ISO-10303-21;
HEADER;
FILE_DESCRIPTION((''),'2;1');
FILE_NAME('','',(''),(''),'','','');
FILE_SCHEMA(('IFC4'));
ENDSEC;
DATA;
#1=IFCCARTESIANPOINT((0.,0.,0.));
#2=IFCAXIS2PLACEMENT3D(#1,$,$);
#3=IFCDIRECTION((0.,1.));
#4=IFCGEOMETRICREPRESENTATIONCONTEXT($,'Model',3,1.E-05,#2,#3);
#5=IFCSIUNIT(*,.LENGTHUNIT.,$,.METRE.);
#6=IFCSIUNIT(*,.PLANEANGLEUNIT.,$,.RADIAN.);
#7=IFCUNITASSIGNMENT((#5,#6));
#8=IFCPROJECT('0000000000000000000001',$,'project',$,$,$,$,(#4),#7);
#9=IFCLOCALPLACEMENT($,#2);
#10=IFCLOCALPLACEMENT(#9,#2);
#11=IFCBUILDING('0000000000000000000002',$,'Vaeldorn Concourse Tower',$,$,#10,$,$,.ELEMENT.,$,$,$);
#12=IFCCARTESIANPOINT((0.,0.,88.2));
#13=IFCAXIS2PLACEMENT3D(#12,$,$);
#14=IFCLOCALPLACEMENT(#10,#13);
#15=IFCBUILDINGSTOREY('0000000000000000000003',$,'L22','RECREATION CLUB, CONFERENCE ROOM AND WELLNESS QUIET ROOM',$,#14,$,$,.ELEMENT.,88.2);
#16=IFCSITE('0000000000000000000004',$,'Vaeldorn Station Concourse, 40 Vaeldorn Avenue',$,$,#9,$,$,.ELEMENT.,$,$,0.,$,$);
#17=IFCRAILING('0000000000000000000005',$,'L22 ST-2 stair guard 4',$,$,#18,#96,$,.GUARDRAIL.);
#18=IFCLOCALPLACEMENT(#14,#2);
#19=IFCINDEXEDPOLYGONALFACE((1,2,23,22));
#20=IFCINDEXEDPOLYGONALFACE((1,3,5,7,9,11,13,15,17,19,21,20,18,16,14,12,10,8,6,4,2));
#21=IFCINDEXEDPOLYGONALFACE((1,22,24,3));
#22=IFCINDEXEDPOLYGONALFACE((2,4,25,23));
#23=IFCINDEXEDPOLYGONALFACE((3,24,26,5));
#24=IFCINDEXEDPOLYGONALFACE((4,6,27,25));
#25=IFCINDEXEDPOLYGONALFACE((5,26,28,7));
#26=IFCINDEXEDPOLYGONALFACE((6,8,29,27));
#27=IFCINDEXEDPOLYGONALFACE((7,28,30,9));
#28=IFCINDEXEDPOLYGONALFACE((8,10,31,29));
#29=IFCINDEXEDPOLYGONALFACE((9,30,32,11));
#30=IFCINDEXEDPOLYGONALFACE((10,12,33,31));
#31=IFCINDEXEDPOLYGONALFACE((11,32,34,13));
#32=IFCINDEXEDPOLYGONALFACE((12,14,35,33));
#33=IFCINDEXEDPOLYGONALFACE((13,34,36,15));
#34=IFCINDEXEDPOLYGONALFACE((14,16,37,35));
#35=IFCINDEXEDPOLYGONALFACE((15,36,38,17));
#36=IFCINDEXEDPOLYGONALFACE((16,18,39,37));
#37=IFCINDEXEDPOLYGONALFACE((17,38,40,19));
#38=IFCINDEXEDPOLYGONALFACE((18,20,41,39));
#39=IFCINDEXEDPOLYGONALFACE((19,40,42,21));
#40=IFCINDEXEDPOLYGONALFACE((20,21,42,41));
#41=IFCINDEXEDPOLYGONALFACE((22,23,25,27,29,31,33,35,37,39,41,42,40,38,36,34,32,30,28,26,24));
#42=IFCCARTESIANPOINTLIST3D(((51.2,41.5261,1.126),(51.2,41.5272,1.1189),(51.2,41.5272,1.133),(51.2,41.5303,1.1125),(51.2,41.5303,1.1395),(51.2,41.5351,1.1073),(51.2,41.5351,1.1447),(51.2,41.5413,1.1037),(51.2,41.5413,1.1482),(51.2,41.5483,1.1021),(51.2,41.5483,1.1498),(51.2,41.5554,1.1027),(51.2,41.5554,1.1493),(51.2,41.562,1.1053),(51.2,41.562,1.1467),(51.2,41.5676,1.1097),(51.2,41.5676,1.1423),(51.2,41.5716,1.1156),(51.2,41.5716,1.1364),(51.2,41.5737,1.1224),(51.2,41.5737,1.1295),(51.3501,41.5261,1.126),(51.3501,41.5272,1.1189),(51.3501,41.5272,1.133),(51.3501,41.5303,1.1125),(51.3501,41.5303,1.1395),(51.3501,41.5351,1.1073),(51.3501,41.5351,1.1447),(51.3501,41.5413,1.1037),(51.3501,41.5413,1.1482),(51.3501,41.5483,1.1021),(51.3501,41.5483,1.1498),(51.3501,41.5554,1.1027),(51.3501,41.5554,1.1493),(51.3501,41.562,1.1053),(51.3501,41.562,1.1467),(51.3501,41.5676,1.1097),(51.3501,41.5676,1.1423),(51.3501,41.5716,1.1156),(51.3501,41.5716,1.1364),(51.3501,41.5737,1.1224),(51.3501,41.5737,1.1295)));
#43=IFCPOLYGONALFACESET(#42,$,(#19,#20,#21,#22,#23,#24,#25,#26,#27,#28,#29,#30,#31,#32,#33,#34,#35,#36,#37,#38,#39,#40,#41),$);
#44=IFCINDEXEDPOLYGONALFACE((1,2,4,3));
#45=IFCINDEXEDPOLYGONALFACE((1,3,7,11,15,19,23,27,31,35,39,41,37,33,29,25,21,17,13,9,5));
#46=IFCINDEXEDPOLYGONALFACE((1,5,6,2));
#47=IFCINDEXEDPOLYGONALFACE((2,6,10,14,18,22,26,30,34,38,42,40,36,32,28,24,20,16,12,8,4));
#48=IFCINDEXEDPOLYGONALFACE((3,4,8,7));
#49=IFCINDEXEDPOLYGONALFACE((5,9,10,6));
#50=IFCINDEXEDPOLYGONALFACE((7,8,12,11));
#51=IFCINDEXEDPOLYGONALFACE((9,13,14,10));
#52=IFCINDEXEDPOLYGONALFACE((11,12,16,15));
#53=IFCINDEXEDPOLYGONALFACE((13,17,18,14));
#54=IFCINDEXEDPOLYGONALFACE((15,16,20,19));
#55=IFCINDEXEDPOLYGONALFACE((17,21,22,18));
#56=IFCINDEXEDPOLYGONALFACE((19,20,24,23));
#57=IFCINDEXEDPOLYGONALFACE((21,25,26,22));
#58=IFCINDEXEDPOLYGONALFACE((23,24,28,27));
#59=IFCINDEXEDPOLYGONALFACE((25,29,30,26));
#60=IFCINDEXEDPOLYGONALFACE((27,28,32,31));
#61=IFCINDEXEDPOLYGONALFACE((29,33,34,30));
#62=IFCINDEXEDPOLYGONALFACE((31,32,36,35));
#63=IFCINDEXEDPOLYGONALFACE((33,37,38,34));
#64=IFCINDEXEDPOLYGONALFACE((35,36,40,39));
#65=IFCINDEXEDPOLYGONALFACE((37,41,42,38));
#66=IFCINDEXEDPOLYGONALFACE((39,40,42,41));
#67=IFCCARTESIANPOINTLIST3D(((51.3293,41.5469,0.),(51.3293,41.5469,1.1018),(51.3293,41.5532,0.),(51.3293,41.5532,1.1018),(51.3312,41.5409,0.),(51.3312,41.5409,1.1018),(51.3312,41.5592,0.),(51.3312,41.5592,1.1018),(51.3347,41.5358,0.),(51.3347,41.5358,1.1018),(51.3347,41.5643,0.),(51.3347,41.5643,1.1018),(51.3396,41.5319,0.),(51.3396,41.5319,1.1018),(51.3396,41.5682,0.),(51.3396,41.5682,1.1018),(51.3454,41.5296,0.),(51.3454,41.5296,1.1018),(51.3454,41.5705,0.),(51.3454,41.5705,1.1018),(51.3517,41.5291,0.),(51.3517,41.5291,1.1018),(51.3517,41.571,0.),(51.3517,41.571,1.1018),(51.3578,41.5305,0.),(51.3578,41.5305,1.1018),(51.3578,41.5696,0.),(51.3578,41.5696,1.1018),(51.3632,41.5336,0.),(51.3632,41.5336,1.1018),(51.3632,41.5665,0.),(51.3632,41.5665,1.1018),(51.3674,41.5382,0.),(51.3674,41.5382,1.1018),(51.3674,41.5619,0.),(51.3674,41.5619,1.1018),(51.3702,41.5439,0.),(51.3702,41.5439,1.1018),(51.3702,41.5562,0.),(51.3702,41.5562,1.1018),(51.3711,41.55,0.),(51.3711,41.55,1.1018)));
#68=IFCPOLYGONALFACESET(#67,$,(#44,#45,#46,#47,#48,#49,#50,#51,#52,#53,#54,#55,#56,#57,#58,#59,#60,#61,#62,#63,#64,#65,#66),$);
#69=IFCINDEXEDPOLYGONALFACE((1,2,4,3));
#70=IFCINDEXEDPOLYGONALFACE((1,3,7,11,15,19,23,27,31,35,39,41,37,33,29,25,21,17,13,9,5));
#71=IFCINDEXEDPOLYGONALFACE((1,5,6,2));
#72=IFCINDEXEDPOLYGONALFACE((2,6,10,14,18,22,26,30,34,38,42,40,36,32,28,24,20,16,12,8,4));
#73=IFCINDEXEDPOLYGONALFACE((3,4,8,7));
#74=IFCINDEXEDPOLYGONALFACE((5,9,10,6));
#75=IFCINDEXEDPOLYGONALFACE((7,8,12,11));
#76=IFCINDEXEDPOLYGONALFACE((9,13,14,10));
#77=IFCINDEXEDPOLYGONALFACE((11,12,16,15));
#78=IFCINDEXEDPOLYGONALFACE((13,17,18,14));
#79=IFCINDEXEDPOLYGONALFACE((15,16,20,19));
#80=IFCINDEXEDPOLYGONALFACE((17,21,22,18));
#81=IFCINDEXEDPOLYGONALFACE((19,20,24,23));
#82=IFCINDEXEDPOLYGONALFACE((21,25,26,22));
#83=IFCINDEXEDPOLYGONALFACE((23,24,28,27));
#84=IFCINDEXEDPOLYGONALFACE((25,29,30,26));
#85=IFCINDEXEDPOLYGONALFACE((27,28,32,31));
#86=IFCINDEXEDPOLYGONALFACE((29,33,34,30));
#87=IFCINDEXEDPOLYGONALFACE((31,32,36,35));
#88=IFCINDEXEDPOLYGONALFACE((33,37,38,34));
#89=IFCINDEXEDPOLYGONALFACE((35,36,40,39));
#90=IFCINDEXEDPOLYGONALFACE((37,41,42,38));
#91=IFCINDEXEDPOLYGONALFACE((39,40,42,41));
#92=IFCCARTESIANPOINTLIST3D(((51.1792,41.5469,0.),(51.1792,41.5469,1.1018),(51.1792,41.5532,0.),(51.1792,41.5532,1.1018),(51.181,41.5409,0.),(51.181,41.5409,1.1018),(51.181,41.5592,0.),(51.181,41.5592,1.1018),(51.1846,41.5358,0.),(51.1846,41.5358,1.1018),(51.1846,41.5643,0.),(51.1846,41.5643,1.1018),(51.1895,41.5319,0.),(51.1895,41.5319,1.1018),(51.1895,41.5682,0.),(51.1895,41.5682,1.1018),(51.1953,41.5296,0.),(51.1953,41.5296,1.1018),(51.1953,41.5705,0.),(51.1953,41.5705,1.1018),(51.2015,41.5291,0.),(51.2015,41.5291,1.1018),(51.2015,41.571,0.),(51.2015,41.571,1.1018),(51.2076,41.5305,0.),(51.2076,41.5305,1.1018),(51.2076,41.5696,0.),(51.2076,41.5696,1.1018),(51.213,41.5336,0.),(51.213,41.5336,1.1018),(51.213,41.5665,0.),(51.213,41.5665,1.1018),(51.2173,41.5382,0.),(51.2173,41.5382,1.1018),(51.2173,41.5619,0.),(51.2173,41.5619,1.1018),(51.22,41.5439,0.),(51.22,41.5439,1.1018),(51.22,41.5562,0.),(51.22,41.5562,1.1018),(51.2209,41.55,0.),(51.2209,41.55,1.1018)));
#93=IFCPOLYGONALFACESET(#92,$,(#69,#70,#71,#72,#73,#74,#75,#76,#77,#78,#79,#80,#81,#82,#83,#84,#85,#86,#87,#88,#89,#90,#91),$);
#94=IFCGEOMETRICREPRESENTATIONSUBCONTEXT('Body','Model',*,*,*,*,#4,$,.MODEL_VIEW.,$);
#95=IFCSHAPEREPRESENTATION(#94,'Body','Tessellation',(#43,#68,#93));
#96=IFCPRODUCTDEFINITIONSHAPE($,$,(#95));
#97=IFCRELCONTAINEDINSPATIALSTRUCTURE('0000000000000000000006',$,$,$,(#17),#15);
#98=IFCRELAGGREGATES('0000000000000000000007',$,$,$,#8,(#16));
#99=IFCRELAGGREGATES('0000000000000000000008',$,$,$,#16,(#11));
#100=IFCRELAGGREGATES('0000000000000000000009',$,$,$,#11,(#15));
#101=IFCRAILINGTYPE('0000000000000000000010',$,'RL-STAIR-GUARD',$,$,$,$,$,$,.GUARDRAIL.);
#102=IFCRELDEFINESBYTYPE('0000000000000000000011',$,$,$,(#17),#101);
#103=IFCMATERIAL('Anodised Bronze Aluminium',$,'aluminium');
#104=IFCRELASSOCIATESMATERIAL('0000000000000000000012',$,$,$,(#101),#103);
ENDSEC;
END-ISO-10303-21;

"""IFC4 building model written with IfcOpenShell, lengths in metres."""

from ifc_helpers import new_model, si_unit, direction, frame, origin, origin_2d, place, context, subcontext, project, spatial, circle, extrude, material, type_object, element, save


model = new_model("IFC4")

# Units and contexts
model_context = context("Model", 3, precision=1e-05, world=origin(), true_north=direction((0.0, 1.0)))
body_context = subcontext(model_context, "Body", "Model", "MODEL_VIEW")
ifc_project = project(units=[si_unit("LENGTHUNIT", "METRE"), si_unit("PLANEANGLEUNIT", "RADIAN")], contexts=[model_context])

# Site, building, storey
site_placement = place(None, origin())
site = spatial("IfcSite", under=ifc_project, at=site_placement, Name="Vaeldorn Station Concourse, 40 Vaeldorn Avenue", CompositionType="ELEMENT", RefElevation=0.0)
building_placement = place(site_placement, origin())
building = spatial("IfcBuilding", under=site, at=building_placement, Name="Vaeldorn Concourse Tower", CompositionType="ELEMENT")
storey_placement = place(building_placement, frame((0.0, 0.0, 88.2)))
storey = spatial("IfcBuildingStorey", under=building, at=storey_placement, Name="L22", Description="RECREATION CLUB, CONFERENCE ROOM AND WELLNESS QUIET ROOM", CompositionType="ELEMENT", Elevation=88.2)

# Shared definitions
ifc_material_1 = material(Name="Anodised Bronze Aluminium", Category="aluminium")

# Railing
railing_type_1 = type_object("IfcRailingType", Name="RL-STAIR-GUARD", PredefinedType="GUARDRAIL", material=ifc_material_1)
railing_1_placement = place(storey_placement, frame((51.3501, 41.55, 0.0)))
element("IfcRailing", 1, at=railing_1_placement, inside=storey, type_object=railing_type_1, Name="L22 ST-2 stair guard 4", PredefinedType="GUARDRAIL", context=body_context, shape_type="SweptSolid", body=[
    extrude(circle(Radius=0.0239, at=origin_2d()), frame((0.0, 0.0, 1.126), z_axis=(-1.0, 0.0, 0.0), x_axis=(0.0, -1.0, 0.0)), (0.0, 0.0, 1.0), 0.1501),
    extrude(circle(Radius=0.021, at=origin_2d()), origin(), (0.0, 0.0, 1.0), 1.1018),
    extrude(circle(Radius=0.021, at=origin_2d()), frame((-0.1501, 0.0, 0.0)), (0.0, 0.0, 1.0), 1.1018),
])

save(model, "model.ifc")
